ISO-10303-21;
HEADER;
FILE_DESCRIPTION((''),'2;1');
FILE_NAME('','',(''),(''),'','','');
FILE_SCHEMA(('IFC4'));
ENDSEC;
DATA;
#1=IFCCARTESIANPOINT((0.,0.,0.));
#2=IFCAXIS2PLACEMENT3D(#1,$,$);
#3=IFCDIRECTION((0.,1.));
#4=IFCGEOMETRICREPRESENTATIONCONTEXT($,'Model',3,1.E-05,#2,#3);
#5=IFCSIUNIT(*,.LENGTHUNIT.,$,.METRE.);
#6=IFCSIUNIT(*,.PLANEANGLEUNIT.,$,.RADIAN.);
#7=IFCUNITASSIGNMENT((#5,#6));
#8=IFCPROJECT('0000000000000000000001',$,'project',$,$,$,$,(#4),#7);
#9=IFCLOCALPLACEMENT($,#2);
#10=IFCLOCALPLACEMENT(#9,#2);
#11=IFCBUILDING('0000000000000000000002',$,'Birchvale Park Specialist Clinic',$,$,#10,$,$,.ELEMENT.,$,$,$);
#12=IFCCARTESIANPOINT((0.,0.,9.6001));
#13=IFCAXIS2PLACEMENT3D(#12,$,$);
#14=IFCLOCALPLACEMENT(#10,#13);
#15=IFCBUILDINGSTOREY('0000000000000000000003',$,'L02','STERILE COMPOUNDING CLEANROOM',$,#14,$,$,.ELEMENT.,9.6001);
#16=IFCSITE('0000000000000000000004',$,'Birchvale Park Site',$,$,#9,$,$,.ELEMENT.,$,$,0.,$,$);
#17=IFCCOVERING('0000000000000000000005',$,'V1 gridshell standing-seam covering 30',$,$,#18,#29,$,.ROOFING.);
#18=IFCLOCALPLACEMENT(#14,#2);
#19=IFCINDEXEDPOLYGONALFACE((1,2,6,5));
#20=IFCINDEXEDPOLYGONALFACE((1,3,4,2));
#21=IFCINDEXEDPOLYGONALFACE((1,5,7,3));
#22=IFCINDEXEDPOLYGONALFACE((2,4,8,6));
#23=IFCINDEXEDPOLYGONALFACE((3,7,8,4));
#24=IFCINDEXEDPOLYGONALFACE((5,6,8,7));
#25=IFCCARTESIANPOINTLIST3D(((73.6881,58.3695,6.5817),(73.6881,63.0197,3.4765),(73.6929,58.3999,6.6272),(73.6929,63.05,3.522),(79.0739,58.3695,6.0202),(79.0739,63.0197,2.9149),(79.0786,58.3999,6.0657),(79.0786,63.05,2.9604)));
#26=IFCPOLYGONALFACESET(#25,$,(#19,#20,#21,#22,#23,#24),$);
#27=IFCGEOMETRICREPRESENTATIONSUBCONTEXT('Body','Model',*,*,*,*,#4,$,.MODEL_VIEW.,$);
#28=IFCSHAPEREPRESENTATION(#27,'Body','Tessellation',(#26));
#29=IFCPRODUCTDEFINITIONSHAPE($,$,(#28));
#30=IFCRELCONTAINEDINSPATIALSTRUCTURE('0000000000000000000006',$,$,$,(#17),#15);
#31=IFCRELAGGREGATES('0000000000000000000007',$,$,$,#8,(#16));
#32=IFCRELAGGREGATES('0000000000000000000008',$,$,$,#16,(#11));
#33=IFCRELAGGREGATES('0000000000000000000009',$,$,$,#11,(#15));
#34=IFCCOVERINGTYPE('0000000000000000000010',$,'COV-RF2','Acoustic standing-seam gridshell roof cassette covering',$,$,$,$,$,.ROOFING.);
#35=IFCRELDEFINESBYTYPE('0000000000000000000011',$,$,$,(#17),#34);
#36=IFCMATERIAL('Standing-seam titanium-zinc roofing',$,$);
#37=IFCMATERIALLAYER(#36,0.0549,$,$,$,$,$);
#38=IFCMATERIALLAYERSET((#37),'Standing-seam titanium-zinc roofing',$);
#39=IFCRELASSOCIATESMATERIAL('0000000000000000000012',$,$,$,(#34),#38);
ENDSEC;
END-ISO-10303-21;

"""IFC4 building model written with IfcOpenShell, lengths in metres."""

from ifc_helpers import new_model, si_unit, direction, frame, origin, place, context, subcontext, project, spatial, polyline, outline, extrude, material, layer, layer_set, type_object, element, save


model = new_model("IFC4")

# Units and contexts
model_context = context("Model", 3, precision=1e-05, world=origin(), true_north=direction((0.0, 1.0)))
body_context = subcontext(model_context, "Body", "Model", "MODEL_VIEW")
ifc_project = project(units=[si_unit("LENGTHUNIT", "METRE"), si_unit("PLANEANGLEUNIT", "RADIAN")], contexts=[model_context])

# Site, building, storey
site_placement = place(None, origin())
site = spatial("IfcSite", under=ifc_project, at=site_placement, Name="Birchvale Park Site", CompositionType="ELEMENT", RefElevation=0.0)
building_placement = place(site_placement, origin())
building = spatial("IfcBuilding", under=site, at=building_placement, Name="Birchvale Park Specialist Clinic", CompositionType="ELEMENT")
storey_placement = place(building_placement, frame((0.0, 0.0, 9.6001)))
storey = spatial("IfcBuildingStorey", under=building, at=storey_placement, Name="L02", Description="STERILE COMPOUNDING CLEANROOM", CompositionType="ELEMENT", Elevation=9.6001)

# Covering
ifc_material_1 = material(Name="Standing-seam titanium-zinc roofing")
ifc_layer_1 = layer(ifc_material_1, 0.0549)
ifc_layer_set_1 = layer_set([ifc_layer_1], Name="Standing-seam titanium-zinc roofing")
covering_type = type_object("IfcCoveringType", Name="COV-RF2", Description="Acoustic standing-seam gridshell roof cassette covering", PredefinedType="ROOFING", material=ifc_layer_set_1)
covering_1_placement = place(storey_placement, frame((73.6929, 58.3999, 6.6272), z_axis=(0.086382, 0.553259, 0.828518), x_axis=(0.994609, 0.0, -0.103699)))
element("IfcCovering", 1, at=covering_1_placement, inside=storey, type_object=covering_type, Name="V1 gridshell standing-seam covering 30", PredefinedType="ROOFING", context=body_context, shape_type="SweptSolid", body=[
    extrude(outline(polyline([(0.0, 0.0), (5.4149, 0.0), (5.7369, 5.5823), (0.322, 5.5823), (0.0, 0.0)])), origin(), (0.0, 0.0, -1.0), 0.0549),
])

save(model, "model.ifc")
